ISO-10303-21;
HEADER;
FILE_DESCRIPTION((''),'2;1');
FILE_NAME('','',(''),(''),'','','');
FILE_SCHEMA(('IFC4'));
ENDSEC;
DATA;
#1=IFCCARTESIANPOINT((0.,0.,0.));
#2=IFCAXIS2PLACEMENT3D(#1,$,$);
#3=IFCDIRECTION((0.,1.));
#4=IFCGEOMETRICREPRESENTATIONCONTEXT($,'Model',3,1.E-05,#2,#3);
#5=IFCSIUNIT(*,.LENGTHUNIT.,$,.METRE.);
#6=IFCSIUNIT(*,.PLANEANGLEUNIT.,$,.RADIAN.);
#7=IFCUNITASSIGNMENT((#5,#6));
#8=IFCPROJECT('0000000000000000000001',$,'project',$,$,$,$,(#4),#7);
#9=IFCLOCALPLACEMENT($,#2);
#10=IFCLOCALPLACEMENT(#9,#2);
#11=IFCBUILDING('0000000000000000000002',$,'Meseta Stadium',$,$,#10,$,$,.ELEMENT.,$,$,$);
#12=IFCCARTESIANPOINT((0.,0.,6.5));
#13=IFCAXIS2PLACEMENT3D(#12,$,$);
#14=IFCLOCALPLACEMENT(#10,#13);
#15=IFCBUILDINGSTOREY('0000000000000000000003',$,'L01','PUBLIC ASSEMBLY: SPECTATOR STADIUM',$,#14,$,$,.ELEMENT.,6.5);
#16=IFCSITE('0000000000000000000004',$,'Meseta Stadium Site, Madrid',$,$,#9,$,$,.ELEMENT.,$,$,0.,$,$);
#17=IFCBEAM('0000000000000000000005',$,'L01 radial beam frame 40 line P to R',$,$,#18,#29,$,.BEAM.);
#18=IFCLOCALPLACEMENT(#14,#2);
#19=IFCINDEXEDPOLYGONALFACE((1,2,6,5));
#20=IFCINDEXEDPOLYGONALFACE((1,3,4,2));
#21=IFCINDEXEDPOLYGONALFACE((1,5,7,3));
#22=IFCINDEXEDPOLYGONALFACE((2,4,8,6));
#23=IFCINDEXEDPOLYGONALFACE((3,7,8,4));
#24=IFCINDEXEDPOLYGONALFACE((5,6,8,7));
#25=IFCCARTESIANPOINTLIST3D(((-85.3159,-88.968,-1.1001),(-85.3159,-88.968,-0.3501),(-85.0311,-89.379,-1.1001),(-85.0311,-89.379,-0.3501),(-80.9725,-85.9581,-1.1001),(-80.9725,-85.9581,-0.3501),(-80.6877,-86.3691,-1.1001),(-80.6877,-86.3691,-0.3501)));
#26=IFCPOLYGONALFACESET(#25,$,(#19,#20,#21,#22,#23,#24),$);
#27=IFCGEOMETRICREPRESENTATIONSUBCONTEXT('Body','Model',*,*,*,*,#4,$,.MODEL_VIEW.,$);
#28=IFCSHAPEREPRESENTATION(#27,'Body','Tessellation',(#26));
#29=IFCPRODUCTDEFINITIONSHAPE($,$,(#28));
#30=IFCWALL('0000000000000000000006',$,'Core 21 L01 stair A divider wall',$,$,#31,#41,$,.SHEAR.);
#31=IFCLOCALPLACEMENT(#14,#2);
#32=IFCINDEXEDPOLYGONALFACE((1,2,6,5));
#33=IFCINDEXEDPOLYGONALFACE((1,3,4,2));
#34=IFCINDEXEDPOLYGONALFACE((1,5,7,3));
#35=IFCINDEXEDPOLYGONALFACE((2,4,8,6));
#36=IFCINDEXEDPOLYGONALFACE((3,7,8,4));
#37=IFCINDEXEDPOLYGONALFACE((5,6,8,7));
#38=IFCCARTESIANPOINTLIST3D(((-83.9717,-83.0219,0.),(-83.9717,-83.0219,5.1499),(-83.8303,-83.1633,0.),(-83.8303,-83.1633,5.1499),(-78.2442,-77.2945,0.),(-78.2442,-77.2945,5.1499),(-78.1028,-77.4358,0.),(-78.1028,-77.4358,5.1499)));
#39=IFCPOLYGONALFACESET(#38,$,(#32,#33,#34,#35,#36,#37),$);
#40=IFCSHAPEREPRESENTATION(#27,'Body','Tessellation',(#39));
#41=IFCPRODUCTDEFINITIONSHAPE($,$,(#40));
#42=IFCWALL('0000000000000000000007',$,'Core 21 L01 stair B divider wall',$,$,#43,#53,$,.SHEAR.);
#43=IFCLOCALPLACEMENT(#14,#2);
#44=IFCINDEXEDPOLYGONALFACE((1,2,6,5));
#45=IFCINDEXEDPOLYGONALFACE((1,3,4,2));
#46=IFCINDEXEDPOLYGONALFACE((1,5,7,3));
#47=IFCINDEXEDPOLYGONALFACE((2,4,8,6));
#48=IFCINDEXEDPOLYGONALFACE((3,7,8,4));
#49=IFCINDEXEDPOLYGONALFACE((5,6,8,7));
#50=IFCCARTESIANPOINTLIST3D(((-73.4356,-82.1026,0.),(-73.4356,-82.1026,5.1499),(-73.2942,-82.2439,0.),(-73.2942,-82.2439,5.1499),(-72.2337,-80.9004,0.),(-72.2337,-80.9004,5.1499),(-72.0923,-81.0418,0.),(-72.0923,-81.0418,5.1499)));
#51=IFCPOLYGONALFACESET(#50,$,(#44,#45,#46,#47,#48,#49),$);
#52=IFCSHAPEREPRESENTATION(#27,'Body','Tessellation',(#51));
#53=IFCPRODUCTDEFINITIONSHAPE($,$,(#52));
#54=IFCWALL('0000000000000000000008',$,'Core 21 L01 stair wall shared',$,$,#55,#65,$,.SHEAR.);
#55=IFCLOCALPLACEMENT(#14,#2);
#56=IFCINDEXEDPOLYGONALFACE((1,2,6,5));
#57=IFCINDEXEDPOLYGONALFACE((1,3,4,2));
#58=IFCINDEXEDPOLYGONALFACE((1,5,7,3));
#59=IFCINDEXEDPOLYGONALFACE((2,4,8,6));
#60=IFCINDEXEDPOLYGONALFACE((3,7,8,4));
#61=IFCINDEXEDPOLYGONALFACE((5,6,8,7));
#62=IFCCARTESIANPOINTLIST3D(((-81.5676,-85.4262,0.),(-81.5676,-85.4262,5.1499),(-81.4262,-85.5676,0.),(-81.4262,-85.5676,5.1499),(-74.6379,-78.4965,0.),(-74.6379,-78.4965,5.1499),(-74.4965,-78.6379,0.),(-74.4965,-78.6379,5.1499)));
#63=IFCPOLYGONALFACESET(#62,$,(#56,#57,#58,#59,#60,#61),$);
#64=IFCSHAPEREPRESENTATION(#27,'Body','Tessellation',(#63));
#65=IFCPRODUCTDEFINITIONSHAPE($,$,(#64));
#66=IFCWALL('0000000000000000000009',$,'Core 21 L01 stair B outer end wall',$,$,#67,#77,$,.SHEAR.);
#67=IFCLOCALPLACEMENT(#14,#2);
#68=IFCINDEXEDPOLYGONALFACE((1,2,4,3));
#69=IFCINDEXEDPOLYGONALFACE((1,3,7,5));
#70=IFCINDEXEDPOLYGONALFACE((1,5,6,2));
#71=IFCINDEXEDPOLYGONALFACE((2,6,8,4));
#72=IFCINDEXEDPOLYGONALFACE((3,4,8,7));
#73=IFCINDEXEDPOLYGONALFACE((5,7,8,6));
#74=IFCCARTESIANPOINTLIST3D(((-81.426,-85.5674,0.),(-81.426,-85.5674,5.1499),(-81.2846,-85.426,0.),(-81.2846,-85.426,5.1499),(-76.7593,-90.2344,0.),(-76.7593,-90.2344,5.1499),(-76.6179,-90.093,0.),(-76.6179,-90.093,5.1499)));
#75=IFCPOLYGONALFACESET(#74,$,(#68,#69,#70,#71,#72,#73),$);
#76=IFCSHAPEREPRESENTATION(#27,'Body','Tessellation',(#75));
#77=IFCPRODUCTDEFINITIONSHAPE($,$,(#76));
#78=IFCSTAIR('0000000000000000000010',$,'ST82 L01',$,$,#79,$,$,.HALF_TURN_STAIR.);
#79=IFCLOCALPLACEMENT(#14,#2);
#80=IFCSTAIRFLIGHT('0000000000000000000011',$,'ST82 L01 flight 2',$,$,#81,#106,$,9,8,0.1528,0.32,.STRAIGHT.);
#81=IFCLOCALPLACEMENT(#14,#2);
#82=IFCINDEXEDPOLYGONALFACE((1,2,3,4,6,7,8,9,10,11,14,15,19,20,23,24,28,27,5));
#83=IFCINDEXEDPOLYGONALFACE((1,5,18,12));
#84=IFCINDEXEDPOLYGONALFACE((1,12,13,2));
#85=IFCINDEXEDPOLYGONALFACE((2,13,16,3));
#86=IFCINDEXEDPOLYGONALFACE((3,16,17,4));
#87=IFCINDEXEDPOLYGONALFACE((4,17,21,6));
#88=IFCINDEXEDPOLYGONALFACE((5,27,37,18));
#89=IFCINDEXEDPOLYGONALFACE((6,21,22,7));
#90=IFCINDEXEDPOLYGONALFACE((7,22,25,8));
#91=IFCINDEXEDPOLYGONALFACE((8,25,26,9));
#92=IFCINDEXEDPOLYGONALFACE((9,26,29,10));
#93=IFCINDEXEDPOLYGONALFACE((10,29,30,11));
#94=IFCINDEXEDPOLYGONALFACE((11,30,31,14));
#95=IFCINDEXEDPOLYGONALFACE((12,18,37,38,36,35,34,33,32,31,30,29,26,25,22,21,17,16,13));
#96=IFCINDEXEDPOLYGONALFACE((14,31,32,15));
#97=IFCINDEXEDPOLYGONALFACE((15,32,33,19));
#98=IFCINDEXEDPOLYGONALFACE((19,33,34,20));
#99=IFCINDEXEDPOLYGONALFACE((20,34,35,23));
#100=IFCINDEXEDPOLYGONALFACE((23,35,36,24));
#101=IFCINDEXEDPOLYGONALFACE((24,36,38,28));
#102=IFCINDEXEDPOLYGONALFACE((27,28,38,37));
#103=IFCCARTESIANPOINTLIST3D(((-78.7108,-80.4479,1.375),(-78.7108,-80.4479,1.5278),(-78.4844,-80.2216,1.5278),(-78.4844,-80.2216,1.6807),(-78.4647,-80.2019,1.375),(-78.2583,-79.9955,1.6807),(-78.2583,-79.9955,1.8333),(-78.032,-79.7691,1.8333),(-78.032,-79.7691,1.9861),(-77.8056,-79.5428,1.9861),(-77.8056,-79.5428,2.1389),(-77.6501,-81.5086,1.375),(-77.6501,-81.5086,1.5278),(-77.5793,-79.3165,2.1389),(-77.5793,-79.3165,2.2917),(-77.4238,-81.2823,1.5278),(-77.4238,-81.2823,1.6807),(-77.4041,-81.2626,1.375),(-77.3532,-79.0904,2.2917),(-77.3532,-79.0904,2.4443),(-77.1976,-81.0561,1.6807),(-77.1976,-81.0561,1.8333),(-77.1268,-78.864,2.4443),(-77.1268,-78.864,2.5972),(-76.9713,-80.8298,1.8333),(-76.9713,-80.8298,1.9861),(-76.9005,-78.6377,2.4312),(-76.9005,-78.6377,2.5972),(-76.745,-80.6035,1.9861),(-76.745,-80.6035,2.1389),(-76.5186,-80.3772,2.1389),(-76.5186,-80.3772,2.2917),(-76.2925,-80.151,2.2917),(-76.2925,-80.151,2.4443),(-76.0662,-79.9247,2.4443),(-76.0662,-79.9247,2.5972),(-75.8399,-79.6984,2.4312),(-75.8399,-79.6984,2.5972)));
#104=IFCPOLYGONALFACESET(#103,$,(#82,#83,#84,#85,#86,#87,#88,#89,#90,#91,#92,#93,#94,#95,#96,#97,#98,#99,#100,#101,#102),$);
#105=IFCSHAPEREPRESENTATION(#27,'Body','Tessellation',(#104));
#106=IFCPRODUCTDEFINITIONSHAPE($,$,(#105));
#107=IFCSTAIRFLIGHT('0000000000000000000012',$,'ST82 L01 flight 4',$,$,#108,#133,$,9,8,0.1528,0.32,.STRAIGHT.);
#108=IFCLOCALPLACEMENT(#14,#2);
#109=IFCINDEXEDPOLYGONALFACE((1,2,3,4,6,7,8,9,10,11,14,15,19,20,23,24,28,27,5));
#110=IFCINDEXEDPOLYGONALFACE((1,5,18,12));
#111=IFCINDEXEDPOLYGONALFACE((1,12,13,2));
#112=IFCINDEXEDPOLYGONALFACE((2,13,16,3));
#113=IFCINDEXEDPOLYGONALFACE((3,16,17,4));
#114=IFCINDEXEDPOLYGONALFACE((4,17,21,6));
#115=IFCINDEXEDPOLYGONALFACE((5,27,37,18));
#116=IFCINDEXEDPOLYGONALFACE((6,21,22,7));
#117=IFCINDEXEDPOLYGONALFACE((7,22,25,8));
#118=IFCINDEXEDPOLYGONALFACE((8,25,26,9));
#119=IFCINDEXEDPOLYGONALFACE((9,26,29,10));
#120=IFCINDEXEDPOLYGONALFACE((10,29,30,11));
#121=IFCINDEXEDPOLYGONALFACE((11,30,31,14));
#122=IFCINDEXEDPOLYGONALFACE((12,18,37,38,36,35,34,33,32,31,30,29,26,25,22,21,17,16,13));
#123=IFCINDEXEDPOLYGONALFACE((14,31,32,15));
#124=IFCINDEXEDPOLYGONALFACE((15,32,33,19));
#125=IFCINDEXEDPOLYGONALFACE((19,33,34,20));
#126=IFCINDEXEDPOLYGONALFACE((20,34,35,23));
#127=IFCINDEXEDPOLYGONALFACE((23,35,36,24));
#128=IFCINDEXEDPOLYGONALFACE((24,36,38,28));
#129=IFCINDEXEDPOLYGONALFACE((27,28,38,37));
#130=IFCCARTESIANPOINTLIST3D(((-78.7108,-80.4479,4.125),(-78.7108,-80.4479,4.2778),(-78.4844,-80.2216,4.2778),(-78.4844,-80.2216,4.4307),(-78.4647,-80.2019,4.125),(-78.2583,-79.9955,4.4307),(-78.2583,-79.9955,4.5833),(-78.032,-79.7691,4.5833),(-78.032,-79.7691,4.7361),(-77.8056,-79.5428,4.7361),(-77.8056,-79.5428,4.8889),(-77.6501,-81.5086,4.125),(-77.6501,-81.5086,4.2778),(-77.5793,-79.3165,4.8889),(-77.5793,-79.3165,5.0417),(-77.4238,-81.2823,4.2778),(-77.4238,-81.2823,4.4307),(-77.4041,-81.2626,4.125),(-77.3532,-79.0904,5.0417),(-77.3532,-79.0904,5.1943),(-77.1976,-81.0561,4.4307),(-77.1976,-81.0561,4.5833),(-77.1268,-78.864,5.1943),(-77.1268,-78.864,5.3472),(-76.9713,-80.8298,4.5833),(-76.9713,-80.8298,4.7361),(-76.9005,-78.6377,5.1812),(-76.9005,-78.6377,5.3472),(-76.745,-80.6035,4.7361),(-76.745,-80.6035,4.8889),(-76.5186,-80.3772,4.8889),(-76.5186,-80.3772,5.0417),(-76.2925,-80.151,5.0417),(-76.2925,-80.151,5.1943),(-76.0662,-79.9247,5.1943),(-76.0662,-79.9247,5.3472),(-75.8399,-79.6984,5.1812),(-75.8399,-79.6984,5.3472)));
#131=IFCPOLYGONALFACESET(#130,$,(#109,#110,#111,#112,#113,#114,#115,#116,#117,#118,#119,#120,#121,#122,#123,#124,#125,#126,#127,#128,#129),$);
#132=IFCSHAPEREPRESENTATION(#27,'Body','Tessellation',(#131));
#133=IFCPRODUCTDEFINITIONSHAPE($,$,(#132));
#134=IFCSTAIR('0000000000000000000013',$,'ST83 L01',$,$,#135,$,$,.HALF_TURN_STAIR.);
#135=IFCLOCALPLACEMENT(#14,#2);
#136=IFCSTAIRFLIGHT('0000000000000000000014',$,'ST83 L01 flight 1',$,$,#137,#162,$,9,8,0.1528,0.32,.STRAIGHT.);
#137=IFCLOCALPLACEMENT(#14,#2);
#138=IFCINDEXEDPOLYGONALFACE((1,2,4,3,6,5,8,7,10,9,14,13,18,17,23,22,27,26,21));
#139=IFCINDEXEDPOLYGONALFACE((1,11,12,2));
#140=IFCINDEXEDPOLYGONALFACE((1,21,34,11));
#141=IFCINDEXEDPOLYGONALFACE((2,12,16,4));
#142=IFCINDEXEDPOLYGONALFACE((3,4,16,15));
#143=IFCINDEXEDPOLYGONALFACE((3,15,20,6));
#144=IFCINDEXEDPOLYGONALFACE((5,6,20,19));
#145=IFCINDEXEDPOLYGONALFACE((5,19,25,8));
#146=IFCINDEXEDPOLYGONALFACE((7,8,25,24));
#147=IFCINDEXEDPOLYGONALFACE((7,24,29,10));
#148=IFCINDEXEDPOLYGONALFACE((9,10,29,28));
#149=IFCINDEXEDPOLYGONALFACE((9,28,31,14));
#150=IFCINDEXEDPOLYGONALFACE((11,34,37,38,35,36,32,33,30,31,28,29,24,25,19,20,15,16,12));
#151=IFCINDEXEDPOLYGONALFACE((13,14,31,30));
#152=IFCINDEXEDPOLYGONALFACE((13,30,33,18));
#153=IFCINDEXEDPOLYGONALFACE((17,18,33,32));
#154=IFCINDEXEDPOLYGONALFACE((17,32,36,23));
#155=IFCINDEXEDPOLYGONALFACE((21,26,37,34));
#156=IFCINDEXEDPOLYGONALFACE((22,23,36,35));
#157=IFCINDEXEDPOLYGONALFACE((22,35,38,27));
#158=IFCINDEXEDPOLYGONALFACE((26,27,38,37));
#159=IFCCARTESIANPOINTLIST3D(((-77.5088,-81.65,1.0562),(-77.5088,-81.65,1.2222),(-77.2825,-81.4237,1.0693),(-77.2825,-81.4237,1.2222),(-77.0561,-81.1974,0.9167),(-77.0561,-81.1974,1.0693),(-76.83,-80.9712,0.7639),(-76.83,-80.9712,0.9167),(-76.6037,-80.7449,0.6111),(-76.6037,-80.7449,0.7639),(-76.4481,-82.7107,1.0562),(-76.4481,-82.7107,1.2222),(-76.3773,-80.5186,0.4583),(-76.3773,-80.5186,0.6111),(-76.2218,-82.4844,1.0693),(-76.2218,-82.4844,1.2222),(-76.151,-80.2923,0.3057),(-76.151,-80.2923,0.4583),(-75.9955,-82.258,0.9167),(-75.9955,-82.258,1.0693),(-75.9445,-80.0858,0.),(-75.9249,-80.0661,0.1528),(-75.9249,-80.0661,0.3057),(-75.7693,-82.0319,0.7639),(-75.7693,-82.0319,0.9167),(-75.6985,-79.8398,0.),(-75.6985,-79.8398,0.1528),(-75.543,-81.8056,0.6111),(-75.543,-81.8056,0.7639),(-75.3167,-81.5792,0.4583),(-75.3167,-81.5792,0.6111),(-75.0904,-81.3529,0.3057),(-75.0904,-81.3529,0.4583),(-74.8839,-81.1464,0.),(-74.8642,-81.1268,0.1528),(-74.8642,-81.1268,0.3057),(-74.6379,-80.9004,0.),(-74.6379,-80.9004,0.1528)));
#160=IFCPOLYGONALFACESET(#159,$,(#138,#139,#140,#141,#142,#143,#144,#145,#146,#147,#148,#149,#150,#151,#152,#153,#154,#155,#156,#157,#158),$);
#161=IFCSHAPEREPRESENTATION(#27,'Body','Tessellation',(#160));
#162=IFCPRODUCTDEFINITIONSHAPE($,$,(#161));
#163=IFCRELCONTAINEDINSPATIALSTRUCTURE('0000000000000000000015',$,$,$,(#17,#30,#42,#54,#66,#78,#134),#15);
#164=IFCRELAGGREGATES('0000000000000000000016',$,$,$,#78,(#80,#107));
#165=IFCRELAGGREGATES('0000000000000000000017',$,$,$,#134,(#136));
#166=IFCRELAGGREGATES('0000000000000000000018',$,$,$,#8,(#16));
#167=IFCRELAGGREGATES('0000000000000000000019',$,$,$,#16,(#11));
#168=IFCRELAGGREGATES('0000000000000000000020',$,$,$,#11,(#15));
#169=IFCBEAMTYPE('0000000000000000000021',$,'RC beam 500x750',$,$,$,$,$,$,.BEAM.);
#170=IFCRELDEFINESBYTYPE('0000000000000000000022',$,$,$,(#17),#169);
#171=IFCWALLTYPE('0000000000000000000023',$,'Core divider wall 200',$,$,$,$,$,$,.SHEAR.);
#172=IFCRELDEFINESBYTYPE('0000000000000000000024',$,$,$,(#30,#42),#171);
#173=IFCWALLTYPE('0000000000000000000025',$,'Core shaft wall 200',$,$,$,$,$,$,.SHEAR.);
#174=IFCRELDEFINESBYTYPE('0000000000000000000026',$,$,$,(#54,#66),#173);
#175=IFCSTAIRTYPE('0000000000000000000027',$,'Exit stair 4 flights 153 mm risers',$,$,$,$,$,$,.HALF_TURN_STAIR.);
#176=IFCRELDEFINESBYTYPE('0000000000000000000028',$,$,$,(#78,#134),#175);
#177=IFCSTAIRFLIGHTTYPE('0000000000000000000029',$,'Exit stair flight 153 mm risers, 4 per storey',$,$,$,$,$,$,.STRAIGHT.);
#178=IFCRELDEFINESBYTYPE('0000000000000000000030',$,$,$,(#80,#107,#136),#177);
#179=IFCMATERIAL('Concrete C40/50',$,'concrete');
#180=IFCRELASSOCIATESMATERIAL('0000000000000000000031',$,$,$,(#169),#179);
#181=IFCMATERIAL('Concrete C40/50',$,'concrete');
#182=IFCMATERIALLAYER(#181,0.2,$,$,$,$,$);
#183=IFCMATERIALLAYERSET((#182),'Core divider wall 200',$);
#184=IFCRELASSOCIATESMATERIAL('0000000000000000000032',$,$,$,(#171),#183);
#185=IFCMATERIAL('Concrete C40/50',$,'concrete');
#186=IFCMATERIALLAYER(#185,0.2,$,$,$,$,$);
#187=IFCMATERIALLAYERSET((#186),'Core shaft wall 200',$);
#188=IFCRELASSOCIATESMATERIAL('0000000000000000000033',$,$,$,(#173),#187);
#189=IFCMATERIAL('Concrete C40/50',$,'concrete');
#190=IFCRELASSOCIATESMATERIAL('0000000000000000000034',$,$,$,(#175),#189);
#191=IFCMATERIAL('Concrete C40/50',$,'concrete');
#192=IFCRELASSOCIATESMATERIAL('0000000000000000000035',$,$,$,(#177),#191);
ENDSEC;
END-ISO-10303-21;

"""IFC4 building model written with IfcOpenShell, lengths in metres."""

from ifc_helpers import new_model, si_unit, direction, frame, frame_2d, origin, origin_2d, place, context, subcontext, project, spatial, polyline, rectangle, outline, extrude, material, layer, layer_set, material_profile, profile_set, type_object, element, aggregate, save


model = new_model("IFC4")

# Units and contexts
model_context = context("Model", 3, precision=1e-05, world=origin(), true_north=direction((0.0, 1.0)))
body_context = subcontext(model_context, "Body", "Model", "MODEL_VIEW")
ifc_project = project(units=[si_unit("LENGTHUNIT", "METRE"), si_unit("PLANEANGLEUNIT", "RADIAN")], contexts=[model_context])

# Site, building, storey
site_placement = place(None, origin())
site = spatial("IfcSite", under=ifc_project, at=site_placement, Name="Meseta Stadium Site, Madrid", CompositionType="ELEMENT", RefElevation=0.0)
building_placement = place(site_placement, origin())
building = spatial("IfcBuilding", under=site, at=building_placement, Name="Meseta Stadium", CompositionType="ELEMENT")
storey_placement = place(building_placement, frame((0.0, 0.0, 6.5)))
storey = spatial("IfcBuildingStorey", under=building, at=storey_placement, Name="L01", Description="PUBLIC ASSEMBLY: SPECTATOR STADIUM", CompositionType="ELEMENT", Elevation=6.5)

# Beam
ifc_material_1 = material(Name="Concrete C40/50", Category="concrete")
ifc_material_profile = material_profile(ifc_material_1, rectangle(XDim=0.5, YDim=0.75, at=origin_2d()), Name="RC 500x750")
ifc_profile_set = profile_set([ifc_material_profile], Name="Concrete C40/50")
beam_type = type_object("IfcBeamType", Name="RC beam 500x750", PredefinedType="BEAM", material=ifc_profile_set)
beam_placement = place(storey_placement, frame((-80.8301, -86.1636, -0.7251), z_axis=(-0.821929, -0.569589, 0.0), x_axis=(0.569589, -0.821929, 0.0)))
element("IfcBeam", 1, at=beam_placement, inside=storey, type_object=beam_type, Name="L01 radial beam frame 40 line P to R", PredefinedType="BEAM", context=body_context, shape_type="SweptSolid", body=[
    extrude(rectangle(XDim=0.5, YDim=0.75, at=origin_2d()), origin(), (0.0, 0.0, 1.0), 5.2844),
])

# Walls
ifc_material_2 = material(Name="Concrete C40/50", Category="concrete")
ifc_layer_1 = layer(ifc_material_2, 0.2)
ifc_layer_set_1 = layer_set([ifc_layer_1], Name="Core divider wall 200")
wall_type_1 = type_object("IfcWallType", Name="Core divider wall 200", PredefinedType="SHEAR", material=ifc_layer_set_1)
wall_1_placement = place(storey_placement, frame((-83.9009, -83.0925, 0.0), z_axis=(0.0, 0.0, 1.0), x_axis=(0.707107, 0.707107, 0.0)))
element("IfcWall", 2, at=wall_1_placement, inside=storey, type_object=wall_type_1, Name="Core 21 L01 stair A divider wall", PredefinedType="SHEAR", context=body_context, shape_type="SweptSolid", body=[
    extrude(rectangle(XDim=8.0999, YDim=0.2, at=frame_2d((4.0498, 0.0))), origin(), (0.0, 0.0, 1.0), 5.1499),
])
wall_2_placement = place(storey_placement, frame((-73.365, -82.1733, 0.0), z_axis=(0.0, 0.0, 1.0), x_axis=(0.707035, 0.707179, 0.0)))
element("IfcWall", 3, at=wall_2_placement, inside=storey, type_object=wall_type_1, Name="Core 21 L01 stair B divider wall", PredefinedType="SHEAR", context=body_context, shape_type="SweptSolid", body=[
    extrude(rectangle(XDim=1.7, YDim=0.2, at=frame_2d((0.8501, 0.0))), origin(), (0.0, 0.0, 1.0), 5.1499),
])
ifc_material_3 = material(Name="Concrete C40/50", Category="concrete")
ifc_layer_2 = layer(ifc_material_3, 0.2)
ifc_layer_set_2 = layer_set([ifc_layer_2], Name="Core shaft wall 200")
wall_type_2 = type_object("IfcWallType", Name="Core shaft wall 200", PredefinedType="SHEAR", material=ifc_layer_set_2)
wall_3_placement = place(storey_placement, frame((-81.4968, -85.4968, 0.0), z_axis=(0.0, 0.0, 1.0), x_axis=(0.707107, 0.707107, 0.0)))
element("IfcWall", 4, at=wall_3_placement, inside=storey, type_object=wall_type_2, Name="Core 21 L01 stair wall shared", PredefinedType="SHEAR", context=body_context, shape_type="SweptSolid", body=[
    extrude(rectangle(XDim=9.8, YDim=0.2, at=frame_2d((4.8999, 0.0))), origin(), (0.0, 0.0, 1.0), 5.1499),
])
wall_4_placement = place(storey_placement, frame((-81.3552, -85.4968, 0.0), z_axis=(0.0, 0.0, 1.0), x_axis=(0.707088, -0.707125, 0.0)))
element("IfcWall", 5, at=wall_4_placement, inside=storey, type_object=wall_type_2, Name="Core 21 L01 stair B outer end wall", PredefinedType="SHEAR", context=body_context, shape_type="SweptSolid", body=[
    extrude(rectangle(XDim=6.5999, YDim=0.2, at=frame_2d((3.2998, 0.0))), origin(), (0.0, 0.0, 1.0), 5.1499),
])

# Stairs, stair flights
ifc_material_4 = material(Name="Concrete C40/50", Category="concrete")
stair_type = type_object("IfcStairType", Name="Exit stair 4 flights 153 mm risers", PredefinedType="HALF_TURN_STAIR", material=ifc_material_4)
stair_1_placement = place(storey_placement, origin())
stair_1 = element("IfcStair", 6, at=stair_1_placement, inside=storey, type_object=stair_type, Name="ST82 L01", PredefinedType="HALF_TURN_STAIR")
ifc_material_5 = material(Name="Concrete C40/50", Category="concrete")
stair_flight_type = type_object("IfcStairFlightType", Name="Exit stair flight 153 mm risers, 4 per storey", PredefinedType="STRAIGHT", material=ifc_material_5)
stair_flight_1_placement = place(storey_placement, frame((-78.1804, -80.9783, 1.375), z_axis=(0.0, 0.0, 1.0), x_axis=(0.707107, 0.707107, 0.0)))
stair_flight_1 = element("IfcStairFlight", 7, at=stair_flight_1_placement, type_object=stair_flight_type, Name="ST82 L01 flight 2", NumberOfRisers=9, NumberOfTreads=8, PredefinedType="STRAIGHT", RiserHeight=0.1528, TreadLength=0.32, context=body_context, shape_type="SweptSolid", body=[
    extrude(outline(polyline([(0.0, 0.0), (0.0, 0.1528), (0.3201, 0.1528), (0.3201, 0.3057), (0.6399, 0.3057), (0.6399, 0.4583), (0.96, 0.4583), (0.96, 0.6111), (1.28, 0.6111), (1.28, 0.7639), (1.6001, 0.7639), (1.6001, 0.9167), (1.9199, 0.9167), (1.9199, 1.0693), (2.24, 1.0693), (2.24, 1.2222), (2.5601, 1.2222), (2.5601, 1.0562), (0.3479, 0.0), (0.0, 0.0)])), frame((0.0, 0.75, 0.0), z_axis=(0.0, -1.0, 0.0), x_axis=(1.0, 0.0, 0.0)), (0.0, 0.0, 1.0), 1.5),
])
stair_flight_2_placement = place(storey_placement, frame((-78.1804, -80.9783, 4.125), z_axis=(0.0, 0.0, 1.0), x_axis=(0.707107, 0.707107, 0.0)))
stair_flight_2 = element("IfcStairFlight", 8, at=stair_flight_2_placement, type_object=stair_flight_type, Name="ST82 L01 flight 4", NumberOfRisers=9, NumberOfTreads=8, PredefinedType="STRAIGHT", RiserHeight=0.1528, TreadLength=0.32, context=body_context, shape_type="SweptSolid", body=[
    extrude(outline(polyline([(0.0, 0.0), (0.0, 0.1528), (0.3201, 0.1528), (0.3201, 0.3057), (0.6399, 0.3057), (0.6399, 0.4583), (0.96, 0.4583), (0.96, 0.6111), (1.28, 0.6111), (1.28, 0.7639), (1.6001, 0.7639), (1.6001, 0.9167), (1.9199, 0.9167), (1.9199, 1.0693), (2.24, 1.0693), (2.24, 1.2222), (2.5601, 1.2222), (2.5601, 1.0562), (0.3479, 0.0), (0.0, 0.0)])), frame((0.0, 0.75, 0.0), z_axis=(0.0, -1.0, 0.0), x_axis=(1.0, 0.0, 0.0)), (0.0, 0.0, 1.0), 1.5),
])
aggregate(stair_1, [stair_flight_1, stair_flight_2])
stair_2_placement = place(storey_placement, origin())
stair_2 = element("IfcStair", 9, at=stair_2_placement, inside=storey, type_object=stair_type, Name="ST83 L01", PredefinedType="HALF_TURN_STAIR")
stair_flight_3_placement = place(storey_placement, frame((-75.1682, -80.3701, 0.0), z_axis=(0.0, 0.0, 1.0), x_axis=(-0.707107, -0.707107, 0.0)))
stair_flight_3 = element("IfcStairFlight", 10, at=stair_flight_3_placement, type_object=stair_flight_type, Name="ST83 L01 flight 1", NumberOfRisers=9, NumberOfTreads=8, PredefinedType="STRAIGHT", RiserHeight=0.1528, TreadLength=0.32, context=body_context, shape_type="SweptSolid", body=[
    extrude(outline(polyline([(0.0, 0.0), (0.0, 0.1528), (0.3201, 0.1528), (0.3201, 0.3057), (0.6399, 0.3057), (0.6399, 0.4583), (0.96, 0.4583), (0.96, 0.6111), (1.28, 0.6111), (1.28, 0.7639), (1.6001, 0.7639), (1.6001, 0.9167), (1.9199, 0.9167), (1.9199, 1.0693), (2.24, 1.0693), (2.24, 1.2222), (2.5601, 1.2222), (2.5601, 1.0562), (0.3479, 0.0), (0.0, 0.0)])), frame((0.0, 0.75, 0.0), z_axis=(0.0, -1.0, 0.0), x_axis=(1.0, 0.0, 0.0)), (0.0, 0.0, 1.0), 1.5),
])
aggregate(stair_2, [stair_flight_3])

save(model, "model.ifc")
